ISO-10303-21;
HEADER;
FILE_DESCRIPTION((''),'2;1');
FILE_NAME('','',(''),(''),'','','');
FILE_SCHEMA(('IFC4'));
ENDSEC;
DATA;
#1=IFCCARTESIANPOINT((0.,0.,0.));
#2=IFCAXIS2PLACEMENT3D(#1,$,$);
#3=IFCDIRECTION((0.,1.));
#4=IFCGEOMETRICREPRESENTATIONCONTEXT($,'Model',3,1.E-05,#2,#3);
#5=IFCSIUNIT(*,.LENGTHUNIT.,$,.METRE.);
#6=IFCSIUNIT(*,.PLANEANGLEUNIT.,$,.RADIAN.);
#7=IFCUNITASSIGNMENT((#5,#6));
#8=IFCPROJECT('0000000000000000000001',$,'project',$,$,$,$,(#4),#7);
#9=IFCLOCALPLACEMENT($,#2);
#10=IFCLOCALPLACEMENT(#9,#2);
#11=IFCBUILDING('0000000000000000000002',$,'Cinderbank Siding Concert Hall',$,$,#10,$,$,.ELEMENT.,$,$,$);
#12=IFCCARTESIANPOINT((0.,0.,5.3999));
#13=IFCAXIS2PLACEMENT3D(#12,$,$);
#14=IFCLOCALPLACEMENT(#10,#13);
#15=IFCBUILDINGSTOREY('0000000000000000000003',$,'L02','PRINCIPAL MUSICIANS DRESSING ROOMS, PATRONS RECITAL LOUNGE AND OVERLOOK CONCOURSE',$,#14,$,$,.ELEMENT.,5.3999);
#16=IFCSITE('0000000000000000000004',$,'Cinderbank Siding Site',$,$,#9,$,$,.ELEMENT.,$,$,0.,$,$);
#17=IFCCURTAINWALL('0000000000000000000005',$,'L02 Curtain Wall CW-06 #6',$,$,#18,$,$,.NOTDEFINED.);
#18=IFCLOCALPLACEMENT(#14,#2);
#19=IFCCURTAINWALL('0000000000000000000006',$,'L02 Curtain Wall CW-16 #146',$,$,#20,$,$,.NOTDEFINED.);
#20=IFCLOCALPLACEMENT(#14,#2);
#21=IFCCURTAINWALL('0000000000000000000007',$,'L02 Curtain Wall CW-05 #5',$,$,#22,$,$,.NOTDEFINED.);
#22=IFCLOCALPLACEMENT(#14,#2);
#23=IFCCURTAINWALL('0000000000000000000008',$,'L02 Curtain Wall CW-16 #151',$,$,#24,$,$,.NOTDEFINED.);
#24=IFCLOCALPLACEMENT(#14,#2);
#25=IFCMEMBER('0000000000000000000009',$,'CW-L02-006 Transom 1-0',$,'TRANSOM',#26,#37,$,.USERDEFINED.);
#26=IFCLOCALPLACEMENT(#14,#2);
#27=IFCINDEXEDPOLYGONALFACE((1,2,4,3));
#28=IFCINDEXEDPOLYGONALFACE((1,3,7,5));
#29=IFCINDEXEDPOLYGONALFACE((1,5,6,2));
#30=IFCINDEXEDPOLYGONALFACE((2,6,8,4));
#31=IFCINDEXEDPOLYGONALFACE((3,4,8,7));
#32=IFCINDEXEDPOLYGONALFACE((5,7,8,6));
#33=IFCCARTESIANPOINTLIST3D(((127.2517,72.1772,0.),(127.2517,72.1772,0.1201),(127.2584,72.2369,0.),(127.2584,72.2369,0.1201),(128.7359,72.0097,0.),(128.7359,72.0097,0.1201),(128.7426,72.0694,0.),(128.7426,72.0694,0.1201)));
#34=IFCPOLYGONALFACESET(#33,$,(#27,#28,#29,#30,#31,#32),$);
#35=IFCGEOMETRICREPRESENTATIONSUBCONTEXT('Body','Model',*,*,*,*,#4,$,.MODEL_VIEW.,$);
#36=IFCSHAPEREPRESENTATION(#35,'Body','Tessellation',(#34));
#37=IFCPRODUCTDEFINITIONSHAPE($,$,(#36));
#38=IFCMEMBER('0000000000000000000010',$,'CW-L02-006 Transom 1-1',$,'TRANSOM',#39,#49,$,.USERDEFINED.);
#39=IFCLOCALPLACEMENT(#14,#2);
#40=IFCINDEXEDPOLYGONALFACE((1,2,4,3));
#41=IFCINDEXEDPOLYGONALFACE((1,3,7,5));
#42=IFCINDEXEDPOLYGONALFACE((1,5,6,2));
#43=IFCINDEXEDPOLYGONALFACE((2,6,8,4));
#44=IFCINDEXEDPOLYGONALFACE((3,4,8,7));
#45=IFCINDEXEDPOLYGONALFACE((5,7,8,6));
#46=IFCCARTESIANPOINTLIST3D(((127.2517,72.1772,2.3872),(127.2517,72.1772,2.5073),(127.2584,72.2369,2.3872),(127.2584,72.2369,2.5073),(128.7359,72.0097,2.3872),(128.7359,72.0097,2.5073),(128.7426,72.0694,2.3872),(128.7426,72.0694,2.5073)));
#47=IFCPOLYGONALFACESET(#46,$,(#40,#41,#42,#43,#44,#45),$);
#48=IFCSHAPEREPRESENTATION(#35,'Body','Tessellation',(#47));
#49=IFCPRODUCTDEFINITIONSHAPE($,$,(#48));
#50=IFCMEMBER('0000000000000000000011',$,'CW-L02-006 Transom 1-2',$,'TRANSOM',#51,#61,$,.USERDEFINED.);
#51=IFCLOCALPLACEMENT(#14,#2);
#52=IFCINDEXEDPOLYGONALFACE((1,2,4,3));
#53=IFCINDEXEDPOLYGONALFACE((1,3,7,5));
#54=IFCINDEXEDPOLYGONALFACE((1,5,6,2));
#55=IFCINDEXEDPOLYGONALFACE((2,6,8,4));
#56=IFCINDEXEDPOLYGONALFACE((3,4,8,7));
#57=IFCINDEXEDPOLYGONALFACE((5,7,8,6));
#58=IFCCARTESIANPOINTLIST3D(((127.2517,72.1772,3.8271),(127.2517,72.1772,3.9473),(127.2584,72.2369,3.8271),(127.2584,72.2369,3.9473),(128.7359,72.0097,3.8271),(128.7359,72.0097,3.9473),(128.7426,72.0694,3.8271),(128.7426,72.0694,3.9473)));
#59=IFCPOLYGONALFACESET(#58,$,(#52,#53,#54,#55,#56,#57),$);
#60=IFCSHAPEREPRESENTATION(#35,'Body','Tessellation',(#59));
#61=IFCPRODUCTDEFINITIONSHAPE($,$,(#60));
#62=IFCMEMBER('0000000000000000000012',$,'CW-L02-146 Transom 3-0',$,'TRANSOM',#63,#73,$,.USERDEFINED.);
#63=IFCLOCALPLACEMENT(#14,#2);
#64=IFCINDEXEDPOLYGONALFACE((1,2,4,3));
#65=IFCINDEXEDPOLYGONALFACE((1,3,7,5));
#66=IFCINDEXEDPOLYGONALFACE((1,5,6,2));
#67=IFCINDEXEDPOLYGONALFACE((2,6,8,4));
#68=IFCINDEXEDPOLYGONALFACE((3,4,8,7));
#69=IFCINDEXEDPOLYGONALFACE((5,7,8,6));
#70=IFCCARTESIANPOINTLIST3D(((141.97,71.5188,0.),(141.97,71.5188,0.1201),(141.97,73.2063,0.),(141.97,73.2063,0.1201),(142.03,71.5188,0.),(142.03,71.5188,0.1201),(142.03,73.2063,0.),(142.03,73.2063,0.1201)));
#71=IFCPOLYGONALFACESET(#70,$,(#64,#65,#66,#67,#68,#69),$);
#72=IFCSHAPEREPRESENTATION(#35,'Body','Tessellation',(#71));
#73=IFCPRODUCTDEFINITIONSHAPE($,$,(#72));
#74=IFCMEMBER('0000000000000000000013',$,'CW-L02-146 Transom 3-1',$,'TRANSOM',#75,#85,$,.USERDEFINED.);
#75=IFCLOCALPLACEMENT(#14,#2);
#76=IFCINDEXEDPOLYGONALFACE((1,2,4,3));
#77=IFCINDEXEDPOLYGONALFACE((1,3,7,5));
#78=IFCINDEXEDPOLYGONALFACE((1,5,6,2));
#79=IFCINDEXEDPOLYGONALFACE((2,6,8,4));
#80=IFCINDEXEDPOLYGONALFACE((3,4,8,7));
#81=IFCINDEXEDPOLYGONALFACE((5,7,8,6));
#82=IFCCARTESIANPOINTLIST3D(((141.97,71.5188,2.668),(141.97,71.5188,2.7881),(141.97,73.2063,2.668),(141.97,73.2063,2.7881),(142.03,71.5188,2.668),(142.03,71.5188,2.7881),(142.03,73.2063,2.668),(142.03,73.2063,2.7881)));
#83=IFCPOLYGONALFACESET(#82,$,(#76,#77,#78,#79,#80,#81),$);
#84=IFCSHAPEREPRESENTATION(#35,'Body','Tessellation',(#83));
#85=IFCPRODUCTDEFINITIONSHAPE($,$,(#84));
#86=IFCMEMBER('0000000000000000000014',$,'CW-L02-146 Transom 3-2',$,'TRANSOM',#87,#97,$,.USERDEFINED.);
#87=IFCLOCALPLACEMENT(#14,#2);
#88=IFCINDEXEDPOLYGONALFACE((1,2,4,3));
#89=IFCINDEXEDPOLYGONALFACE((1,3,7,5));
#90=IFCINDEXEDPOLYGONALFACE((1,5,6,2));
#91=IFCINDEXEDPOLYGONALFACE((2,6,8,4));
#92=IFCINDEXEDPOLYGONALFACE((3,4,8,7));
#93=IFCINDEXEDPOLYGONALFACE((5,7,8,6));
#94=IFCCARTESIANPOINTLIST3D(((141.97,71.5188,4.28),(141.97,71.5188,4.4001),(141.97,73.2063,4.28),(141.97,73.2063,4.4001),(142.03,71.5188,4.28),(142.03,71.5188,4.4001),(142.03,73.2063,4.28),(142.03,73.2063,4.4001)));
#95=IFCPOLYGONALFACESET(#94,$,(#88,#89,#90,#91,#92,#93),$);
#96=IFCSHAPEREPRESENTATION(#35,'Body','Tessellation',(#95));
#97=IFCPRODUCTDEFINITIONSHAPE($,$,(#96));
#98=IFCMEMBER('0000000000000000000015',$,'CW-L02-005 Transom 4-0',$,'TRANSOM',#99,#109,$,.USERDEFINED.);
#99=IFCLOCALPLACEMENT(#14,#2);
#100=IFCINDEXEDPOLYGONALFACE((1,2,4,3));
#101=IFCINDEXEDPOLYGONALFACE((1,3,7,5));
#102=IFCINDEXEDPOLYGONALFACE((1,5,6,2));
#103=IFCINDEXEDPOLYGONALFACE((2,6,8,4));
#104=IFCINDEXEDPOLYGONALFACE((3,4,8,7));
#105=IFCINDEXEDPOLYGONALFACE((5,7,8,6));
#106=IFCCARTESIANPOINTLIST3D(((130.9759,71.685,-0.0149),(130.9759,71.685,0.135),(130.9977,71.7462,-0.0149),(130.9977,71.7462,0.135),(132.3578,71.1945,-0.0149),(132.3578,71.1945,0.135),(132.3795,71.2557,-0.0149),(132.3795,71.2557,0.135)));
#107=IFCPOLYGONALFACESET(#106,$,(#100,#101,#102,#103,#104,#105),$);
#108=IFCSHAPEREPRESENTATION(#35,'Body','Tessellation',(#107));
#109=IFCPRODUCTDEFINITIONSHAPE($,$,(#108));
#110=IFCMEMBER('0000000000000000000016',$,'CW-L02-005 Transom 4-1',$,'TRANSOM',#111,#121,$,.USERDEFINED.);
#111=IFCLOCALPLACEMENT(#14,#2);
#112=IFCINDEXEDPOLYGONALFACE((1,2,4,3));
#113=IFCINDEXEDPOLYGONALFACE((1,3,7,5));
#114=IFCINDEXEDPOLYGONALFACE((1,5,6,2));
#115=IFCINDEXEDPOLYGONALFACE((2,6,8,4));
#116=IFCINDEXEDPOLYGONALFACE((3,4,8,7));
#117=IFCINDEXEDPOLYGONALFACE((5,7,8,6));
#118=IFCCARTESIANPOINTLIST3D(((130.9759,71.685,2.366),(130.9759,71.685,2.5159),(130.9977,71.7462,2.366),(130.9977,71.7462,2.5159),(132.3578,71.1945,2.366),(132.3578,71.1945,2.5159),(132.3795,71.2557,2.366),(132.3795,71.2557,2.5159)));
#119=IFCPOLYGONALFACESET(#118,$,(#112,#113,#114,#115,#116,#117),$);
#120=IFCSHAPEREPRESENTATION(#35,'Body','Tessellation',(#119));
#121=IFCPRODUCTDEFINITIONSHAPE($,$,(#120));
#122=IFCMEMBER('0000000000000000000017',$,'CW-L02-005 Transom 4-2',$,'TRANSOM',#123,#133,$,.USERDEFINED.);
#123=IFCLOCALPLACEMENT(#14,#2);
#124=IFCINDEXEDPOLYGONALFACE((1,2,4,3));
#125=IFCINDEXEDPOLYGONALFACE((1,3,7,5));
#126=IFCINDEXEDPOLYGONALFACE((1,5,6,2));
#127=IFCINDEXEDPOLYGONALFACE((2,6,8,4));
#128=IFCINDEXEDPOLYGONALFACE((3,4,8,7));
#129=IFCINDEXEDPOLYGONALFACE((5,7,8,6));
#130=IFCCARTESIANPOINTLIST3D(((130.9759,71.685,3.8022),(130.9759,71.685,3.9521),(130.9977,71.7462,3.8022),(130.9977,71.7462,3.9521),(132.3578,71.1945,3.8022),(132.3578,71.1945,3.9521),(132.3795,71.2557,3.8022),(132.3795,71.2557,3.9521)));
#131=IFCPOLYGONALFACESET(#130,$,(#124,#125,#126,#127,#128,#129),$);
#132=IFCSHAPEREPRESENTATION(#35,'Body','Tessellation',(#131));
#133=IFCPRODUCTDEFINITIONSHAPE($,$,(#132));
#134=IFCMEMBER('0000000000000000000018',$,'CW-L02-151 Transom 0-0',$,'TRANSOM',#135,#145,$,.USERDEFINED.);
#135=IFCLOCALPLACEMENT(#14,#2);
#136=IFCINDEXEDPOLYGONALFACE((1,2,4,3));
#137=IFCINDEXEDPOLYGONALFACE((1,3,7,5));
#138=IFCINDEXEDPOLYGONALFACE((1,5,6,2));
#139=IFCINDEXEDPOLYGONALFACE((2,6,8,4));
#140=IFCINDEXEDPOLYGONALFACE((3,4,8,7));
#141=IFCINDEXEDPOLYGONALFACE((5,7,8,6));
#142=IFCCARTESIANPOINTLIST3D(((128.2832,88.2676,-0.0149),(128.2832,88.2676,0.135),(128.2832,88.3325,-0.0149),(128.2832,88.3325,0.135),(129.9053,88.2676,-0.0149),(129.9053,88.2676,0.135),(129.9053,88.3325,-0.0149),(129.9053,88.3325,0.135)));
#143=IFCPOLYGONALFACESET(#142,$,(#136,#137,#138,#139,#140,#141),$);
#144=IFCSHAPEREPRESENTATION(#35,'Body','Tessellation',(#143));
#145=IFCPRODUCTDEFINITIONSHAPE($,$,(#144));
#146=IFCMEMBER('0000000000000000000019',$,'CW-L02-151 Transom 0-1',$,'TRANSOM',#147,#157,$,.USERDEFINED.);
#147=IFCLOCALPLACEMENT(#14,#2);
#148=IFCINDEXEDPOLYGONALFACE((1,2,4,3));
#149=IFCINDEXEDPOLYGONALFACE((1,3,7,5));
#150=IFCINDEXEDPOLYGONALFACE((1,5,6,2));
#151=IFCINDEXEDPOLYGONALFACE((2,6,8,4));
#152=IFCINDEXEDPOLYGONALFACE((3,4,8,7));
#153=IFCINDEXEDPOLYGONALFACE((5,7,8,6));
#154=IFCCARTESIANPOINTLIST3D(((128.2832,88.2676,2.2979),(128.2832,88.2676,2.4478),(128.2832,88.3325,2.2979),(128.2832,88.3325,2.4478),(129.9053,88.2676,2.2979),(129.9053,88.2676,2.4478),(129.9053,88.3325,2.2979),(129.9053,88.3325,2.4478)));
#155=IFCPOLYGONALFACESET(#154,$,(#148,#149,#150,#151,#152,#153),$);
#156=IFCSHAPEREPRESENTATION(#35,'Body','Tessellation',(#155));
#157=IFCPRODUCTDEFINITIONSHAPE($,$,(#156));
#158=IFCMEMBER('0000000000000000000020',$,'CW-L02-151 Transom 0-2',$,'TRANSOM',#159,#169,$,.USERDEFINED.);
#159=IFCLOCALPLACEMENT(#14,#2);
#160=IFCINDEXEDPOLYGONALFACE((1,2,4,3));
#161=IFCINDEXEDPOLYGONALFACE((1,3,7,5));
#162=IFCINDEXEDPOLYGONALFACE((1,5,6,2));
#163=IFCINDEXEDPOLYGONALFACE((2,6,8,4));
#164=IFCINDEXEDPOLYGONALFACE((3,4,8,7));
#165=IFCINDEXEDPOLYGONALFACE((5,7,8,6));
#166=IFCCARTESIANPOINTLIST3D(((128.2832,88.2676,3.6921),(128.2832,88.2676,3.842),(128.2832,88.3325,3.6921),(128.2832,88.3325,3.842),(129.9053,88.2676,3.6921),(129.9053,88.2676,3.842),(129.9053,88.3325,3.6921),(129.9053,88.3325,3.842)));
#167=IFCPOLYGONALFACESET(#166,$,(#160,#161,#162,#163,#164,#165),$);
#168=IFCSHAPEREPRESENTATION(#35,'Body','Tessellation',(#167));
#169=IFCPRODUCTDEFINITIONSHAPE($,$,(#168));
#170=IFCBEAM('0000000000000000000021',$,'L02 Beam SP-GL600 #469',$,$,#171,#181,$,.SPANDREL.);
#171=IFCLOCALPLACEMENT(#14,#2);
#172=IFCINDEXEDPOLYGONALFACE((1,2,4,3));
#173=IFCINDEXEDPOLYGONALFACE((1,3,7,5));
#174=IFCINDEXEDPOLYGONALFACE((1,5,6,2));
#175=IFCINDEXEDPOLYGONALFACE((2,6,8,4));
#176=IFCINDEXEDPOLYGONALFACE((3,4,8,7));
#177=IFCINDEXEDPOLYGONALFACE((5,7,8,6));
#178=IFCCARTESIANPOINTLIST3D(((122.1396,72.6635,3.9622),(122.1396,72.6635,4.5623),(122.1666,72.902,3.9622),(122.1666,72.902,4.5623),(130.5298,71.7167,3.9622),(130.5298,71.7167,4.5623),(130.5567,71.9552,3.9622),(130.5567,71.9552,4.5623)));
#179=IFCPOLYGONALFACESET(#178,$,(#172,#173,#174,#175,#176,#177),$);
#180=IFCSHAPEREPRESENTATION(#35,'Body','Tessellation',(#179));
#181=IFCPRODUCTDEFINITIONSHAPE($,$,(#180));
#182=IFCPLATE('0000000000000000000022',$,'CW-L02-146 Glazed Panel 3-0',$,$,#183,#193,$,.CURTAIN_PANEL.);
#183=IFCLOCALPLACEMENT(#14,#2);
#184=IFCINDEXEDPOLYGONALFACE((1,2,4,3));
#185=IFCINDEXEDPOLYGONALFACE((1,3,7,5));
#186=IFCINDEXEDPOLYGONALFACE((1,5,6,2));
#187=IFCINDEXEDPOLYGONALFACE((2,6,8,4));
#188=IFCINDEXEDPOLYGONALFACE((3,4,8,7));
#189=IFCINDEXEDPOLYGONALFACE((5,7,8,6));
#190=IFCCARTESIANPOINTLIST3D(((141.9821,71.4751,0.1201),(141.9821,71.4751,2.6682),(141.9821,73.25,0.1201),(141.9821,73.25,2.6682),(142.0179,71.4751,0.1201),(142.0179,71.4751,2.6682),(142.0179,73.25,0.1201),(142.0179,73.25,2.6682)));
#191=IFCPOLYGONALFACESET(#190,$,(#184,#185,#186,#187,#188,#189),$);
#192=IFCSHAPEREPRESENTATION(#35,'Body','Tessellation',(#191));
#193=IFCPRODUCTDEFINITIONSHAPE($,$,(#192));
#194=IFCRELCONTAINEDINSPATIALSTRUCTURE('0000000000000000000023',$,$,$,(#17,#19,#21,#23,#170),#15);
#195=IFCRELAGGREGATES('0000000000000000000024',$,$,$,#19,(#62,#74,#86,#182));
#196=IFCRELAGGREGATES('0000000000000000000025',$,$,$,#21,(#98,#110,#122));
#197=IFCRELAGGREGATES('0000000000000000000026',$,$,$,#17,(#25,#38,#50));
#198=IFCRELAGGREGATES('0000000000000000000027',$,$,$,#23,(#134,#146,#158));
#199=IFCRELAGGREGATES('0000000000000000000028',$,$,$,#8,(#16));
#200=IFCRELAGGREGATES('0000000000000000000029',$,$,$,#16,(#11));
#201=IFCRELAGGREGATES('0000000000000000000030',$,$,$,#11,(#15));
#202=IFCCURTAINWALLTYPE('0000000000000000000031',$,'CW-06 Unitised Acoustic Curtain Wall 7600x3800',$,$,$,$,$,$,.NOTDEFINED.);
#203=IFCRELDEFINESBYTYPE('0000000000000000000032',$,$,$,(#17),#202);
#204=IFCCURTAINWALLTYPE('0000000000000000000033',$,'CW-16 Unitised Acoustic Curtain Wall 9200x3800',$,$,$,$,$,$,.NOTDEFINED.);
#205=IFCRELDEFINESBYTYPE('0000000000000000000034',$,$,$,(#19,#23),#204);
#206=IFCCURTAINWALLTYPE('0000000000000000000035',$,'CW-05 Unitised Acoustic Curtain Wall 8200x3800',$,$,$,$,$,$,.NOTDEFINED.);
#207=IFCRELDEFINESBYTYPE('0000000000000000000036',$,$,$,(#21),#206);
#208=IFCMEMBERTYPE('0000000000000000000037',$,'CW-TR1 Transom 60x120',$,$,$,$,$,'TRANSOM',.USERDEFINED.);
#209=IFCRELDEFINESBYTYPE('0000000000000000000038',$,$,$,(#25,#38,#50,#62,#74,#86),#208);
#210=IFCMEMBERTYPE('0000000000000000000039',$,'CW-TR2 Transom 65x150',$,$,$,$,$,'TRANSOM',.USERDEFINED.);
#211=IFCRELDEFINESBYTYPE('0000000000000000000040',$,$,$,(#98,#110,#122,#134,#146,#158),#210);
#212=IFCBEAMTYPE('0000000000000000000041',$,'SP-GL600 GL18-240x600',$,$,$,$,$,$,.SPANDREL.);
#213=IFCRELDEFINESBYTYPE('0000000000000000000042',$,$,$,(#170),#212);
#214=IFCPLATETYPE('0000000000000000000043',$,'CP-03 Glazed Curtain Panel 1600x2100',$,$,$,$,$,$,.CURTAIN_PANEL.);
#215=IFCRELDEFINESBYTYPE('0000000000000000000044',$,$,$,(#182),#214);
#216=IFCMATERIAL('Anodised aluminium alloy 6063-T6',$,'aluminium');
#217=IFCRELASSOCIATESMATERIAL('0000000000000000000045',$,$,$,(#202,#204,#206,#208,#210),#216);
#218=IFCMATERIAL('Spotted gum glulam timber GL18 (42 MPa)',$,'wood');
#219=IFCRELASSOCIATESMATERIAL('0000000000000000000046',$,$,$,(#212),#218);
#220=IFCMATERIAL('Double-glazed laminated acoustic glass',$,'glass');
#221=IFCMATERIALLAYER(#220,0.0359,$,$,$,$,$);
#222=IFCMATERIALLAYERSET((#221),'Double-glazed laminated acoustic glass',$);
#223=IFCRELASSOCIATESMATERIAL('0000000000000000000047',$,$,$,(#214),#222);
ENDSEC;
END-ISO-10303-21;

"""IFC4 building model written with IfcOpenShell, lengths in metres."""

from ifc_helpers import new_model, si_unit, direction, frame, origin, origin_2d, place, context, subcontext, project, spatial, rectangle, extrude, material, layer, layer_set, material_profile, profile_set, type_object, element, aggregate, save


model = new_model("IFC4")

# Units and contexts
model_context = context("Model", 3, precision=1e-05, world=origin(), true_north=direction((0.0, 1.0)))
body_context = subcontext(model_context, "Body", "Model", "MODEL_VIEW")
ifc_project = project(units=[si_unit("LENGTHUNIT", "METRE"), si_unit("PLANEANGLEUNIT", "RADIAN")], contexts=[model_context])

# Site, building, storey
site_placement = place(None, origin())
site = spatial("IfcSite", under=ifc_project, at=site_placement, Name="Cinderbank Siding Site", CompositionType="ELEMENT", RefElevation=0.0)
building_placement = place(site_placement, origin())
building = spatial("IfcBuilding", under=site, at=building_placement, Name="Cinderbank Siding Concert Hall", CompositionType="ELEMENT")
storey_placement = place(building_placement, frame((0.0, 0.0, 5.3999)))
storey = spatial("IfcBuildingStorey", under=building, at=storey_placement, Name="L02", Description="PRINCIPAL MUSICIANS DRESSING ROOMS, PATRONS RECITAL LOUNGE AND OVERLOOK CONCOURSE", CompositionType="ELEMENT", Elevation=5.3999)

# Curtain walls
ifc_material_1 = material(Name="Anodised aluminium alloy 6063-T6", Category="aluminium")
curtain_wall_type_1 = type_object("IfcCurtainWallType", Name="CW-06 Unitised Acoustic Curtain Wall 7600x3800", PredefinedType="NOTDEFINED", material=ifc_material_1)
curtain_wall_1_placement = place(storey_placement, origin())
curtain_wall_1 = element("IfcCurtainWall", 1, at=curtain_wall_1_placement, inside=storey, type_object=curtain_wall_type_1, Name="L02 Curtain Wall CW-06 #6", PredefinedType="NOTDEFINED")
curtain_wall_type_2 = type_object("IfcCurtainWallType", Name="CW-16 Unitised Acoustic Curtain Wall 9200x3800", PredefinedType="NOTDEFINED", material=ifc_material_1)
curtain_wall_2_placement = place(storey_placement, origin())
curtain_wall_2 = element("IfcCurtainWall", 2, at=curtain_wall_2_placement, inside=storey, type_object=curtain_wall_type_2, Name="L02 Curtain Wall CW-16 #146", PredefinedType="NOTDEFINED")

# Curtain wall
curtain_wall_type_3 = type_object("IfcCurtainWallType", Name="CW-05 Unitised Acoustic Curtain Wall 8200x3800", PredefinedType="NOTDEFINED", material=ifc_material_1)
curtain_wall_3_placement = place(storey_placement, origin())
curtain_wall_3 = element("IfcCurtainWall", 3, at=curtain_wall_3_placement, inside=storey, type_object=curtain_wall_type_3, Name="L02 Curtain Wall CW-05 #5", PredefinedType="NOTDEFINED")

# Curtain wall
curtain_wall_4_placement = place(storey_placement, origin())
curtain_wall_4 = element("IfcCurtainWall", 4, at=curtain_wall_4_placement, inside=storey, type_object=curtain_wall_type_2, Name="L02 Curtain Wall CW-16 #151", PredefinedType="NOTDEFINED")

# Members
ifc_material_profile_1 = material_profile(ifc_material_1, rectangle(XDim=0.0601, YDim=0.1201, at=origin_2d()), Name="ALU-TRAN-60x120", Category="LoadBearing")
ifc_profile_set_1 = profile_set([ifc_material_profile_1], Name="Anodised aluminium alloy 6063-T6")
member_type_1 = type_object("IfcMemberType", Name="CW-TR1 Transom 60x120", ElementType="TRANSOM", PredefinedType="USERDEFINED", material=ifc_profile_set_1)
member_1_placement = place(storey_placement, frame((128.7393, 72.0396, 0.0601), z_axis=(-0.993693, 0.112136, 0.0), x_axis=(-0.112136, -0.993693, 0.0)))
member_1 = element("IfcMember", 5, at=member_1_placement, type_object=member_type_1, Name="CW-L02-006 Transom 1-0", ObjectType="TRANSOM", PredefinedType="USERDEFINED", context=body_context, shape_type="SweptSolid", body=[
    extrude(rectangle(XDim=0.0601, YDim=0.1201, at=origin_2d()), origin(), (0.0, 0.0, 1.0), 1.4937),
])
member_2_placement = place(storey_placement, frame((128.7393, 72.0396, 2.4473), z_axis=(-0.993693, 0.112136, 0.0), x_axis=(-0.112136, -0.993693, 0.0)))
member_2 = element("IfcMember", 6, at=member_2_placement, type_object=member_type_1, Name="CW-L02-006 Transom 1-1", ObjectType="TRANSOM", PredefinedType="USERDEFINED", context=body_context, shape_type="SweptSolid", body=[
    extrude(rectangle(XDim=0.0601, YDim=0.1201, at=origin_2d()), origin(), (0.0, 0.0, 1.0), 1.4937),
])
member_3_placement = place(storey_placement, frame((128.7393, 72.0396, 3.8872), z_axis=(-0.993693, 0.112136, 0.0), x_axis=(-0.112136, -0.993693, 0.0)))
member_3 = element("IfcMember", 7, at=member_3_placement, type_object=member_type_1, Name="CW-L02-006 Transom 1-2", ObjectType="TRANSOM", PredefinedType="USERDEFINED", context=body_context, shape_type="SweptSolid", body=[
    extrude(rectangle(XDim=0.0601, YDim=0.1201, at=origin_2d()), origin(), (0.0, 0.0, 1.0), 1.4937),
])
member_4_placement = place(storey_placement, frame((142.0, 71.5188, 0.0601), z_axis=(0.0, 1.0, 0.0), x_axis=(-1.0, 0.0, 0.0)))
member_4 = element("IfcMember", 8, at=member_4_placement, type_object=member_type_1, Name="CW-L02-146 Transom 3-0", ObjectType="TRANSOM", PredefinedType="USERDEFINED", context=body_context, shape_type="SweptSolid", body=[
    extrude(rectangle(XDim=0.0601, YDim=0.1201, at=origin_2d()), origin(), (0.0, 0.0, 1.0), 1.6875),
])
member_5_placement = place(storey_placement, frame((142.0, 71.5188, 2.728), z_axis=(0.0, 1.0, 0.0), x_axis=(-1.0, 0.0, 0.0)))
member_5 = element("IfcMember", 9, at=member_5_placement, type_object=member_type_1, Name="CW-L02-146 Transom 3-1", ObjectType="TRANSOM", PredefinedType="USERDEFINED", context=body_context, shape_type="SweptSolid", body=[
    extrude(rectangle(XDim=0.0601, YDim=0.1201, at=origin_2d()), origin(), (0.0, 0.0, 1.0), 1.6875),
])
member_6_placement = place(storey_placement, frame((142.0, 71.5188, 4.3401), z_axis=(0.0, 1.0, 0.0), x_axis=(-1.0, 0.0, 0.0)))
member_6 = element("IfcMember", 10, at=member_6_placement, type_object=member_type_1, Name="CW-L02-146 Transom 3-2", ObjectType="TRANSOM", PredefinedType="USERDEFINED", context=body_context, shape_type="SweptSolid", body=[
    extrude(rectangle(XDim=0.0601, YDim=0.1201, at=origin_2d()), origin(), (0.0, 0.0, 1.0), 1.6875),
])
ifc_material_profile_2 = material_profile(ifc_material_1, rectangle(XDim=0.0649, YDim=0.1499, at=origin_2d()), Name="ALU-TRAN-65x150", Category="LoadBearing")
ifc_profile_set_2 = profile_set([ifc_material_profile_2], Name="Anodised aluminium alloy 6063-T6")
member_type_2 = type_object("IfcMemberType", Name="CW-TR2 Transom 65x150", ElementType="TRANSOM", PredefinedType="USERDEFINED", material=ifc_profile_set_2)
member_7_placement = place(storey_placement, frame((132.3687, 71.2251, 0.0601), z_axis=(-0.942396, 0.3345, 0.0), x_axis=(-0.3345, -0.942396, 0.0)))
member_7 = element("IfcMember", 11, at=member_7_placement, type_object=member_type_2, Name="CW-L02-005 Transom 4-0", ObjectType="TRANSOM", PredefinedType="USERDEFINED", context=body_context, shape_type="SweptSolid", body=[
    extrude(rectangle(XDim=0.0649, YDim=0.1499, at=origin_2d()), origin(), (0.0, 0.0, 1.0), 1.4663),
])
member_8_placement = place(storey_placement, frame((132.3687, 71.2251, 2.4409), z_axis=(-0.942396, 0.3345, 0.0), x_axis=(-0.3345, -0.942396, 0.0)))
member_8 = element("IfcMember", 12, at=member_8_placement, type_object=member_type_2, Name="CW-L02-005 Transom 4-1", ObjectType="TRANSOM", PredefinedType="USERDEFINED", context=body_context, shape_type="SweptSolid", body=[
    extrude(rectangle(XDim=0.0649, YDim=0.1499, at=origin_2d()), origin(), (0.0, 0.0, 1.0), 1.4663),
])
member_9_placement = place(storey_placement, frame((132.3687, 71.2251, 3.8772), z_axis=(-0.942396, 0.3345, 0.0), x_axis=(-0.3345, -0.942396, 0.0)))
member_9 = element("IfcMember", 13, at=member_9_placement, type_object=member_type_2, Name="CW-L02-005 Transom 4-2", ObjectType="TRANSOM", PredefinedType="USERDEFINED", context=body_context, shape_type="SweptSolid", body=[
    extrude(rectangle(XDim=0.0649, YDim=0.1499, at=origin_2d()), origin(), (0.0, 0.0, 1.0), 1.4663),
])
member_10_placement = place(storey_placement, frame((128.2832, 88.3, 0.0601), z_axis=(1.0, 0.0, 0.0), x_axis=(0.0, 1.0, 0.0)))
member_10 = element("IfcMember", 14, at=member_10_placement, type_object=member_type_2, Name="CW-L02-151 Transom 0-0", ObjectType="TRANSOM", PredefinedType="USERDEFINED", context=body_context, shape_type="SweptSolid", body=[
    extrude(rectangle(XDim=0.0649, YDim=0.1499, at=origin_2d()), origin(), (0.0, 0.0, 1.0), 1.6221),
])
member_11_placement = place(storey_placement, frame((128.2832, 88.3, 2.3728), z_axis=(1.0, 0.0, 0.0), x_axis=(0.0, 1.0, 0.0)))
member_11 = element("IfcMember", 15, at=member_11_placement, type_object=member_type_2, Name="CW-L02-151 Transom 0-1", ObjectType="TRANSOM", PredefinedType="USERDEFINED", context=body_context, shape_type="SweptSolid", body=[
    extrude(rectangle(XDim=0.0649, YDim=0.1499, at=origin_2d()), origin(), (0.0, 0.0, 1.0), 1.6221),
])
member_12_placement = place(storey_placement, frame((128.2832, 88.3, 3.7671), z_axis=(1.0, 0.0, 0.0), x_axis=(0.0, 1.0, 0.0)))
member_12 = element("IfcMember", 16, at=member_12_placement, type_object=member_type_2, Name="CW-L02-151 Transom 0-2", ObjectType="TRANSOM", PredefinedType="USERDEFINED", context=body_context, shape_type="SweptSolid", body=[
    extrude(rectangle(XDim=0.0649, YDim=0.1499, at=origin_2d()), origin(), (0.0, 0.0, 1.0), 1.6221),
])

# Beam
ifc_material_2 = material(Name="Spotted gum glulam timber GL18 (42 MPa)", Category="wood")
ifc_material_profile_3 = material_profile(ifc_material_2, rectangle(XDim=0.24, YDim=0.6001, at=origin_2d()), Name="GL18-240x600", Category="LoadBearing")
ifc_profile_set_3 = profile_set([ifc_material_profile_3], Name="Spotted gum glulam timber GL18 (42 MPa)")
beam_type = type_object("IfcBeamType", Name="SP-GL600 GL18-240x600", PredefinedType="SPANDREL", material=ifc_profile_set_3)
beam_placement = place(storey_placement, frame((130.5432, 71.8359, 4.2622), z_axis=(-0.993693, 0.112132, 0.0), x_axis=(-0.112132, -0.993693, 0.0)))
element("IfcBeam", 17, at=beam_placement, inside=storey, type_object=beam_type, Name="L02 Beam SP-GL600 #469", PredefinedType="SPANDREL", context=body_context, shape_type="SweptSolid", body=[
    extrude(rectangle(XDim=0.24, YDim=0.6001, at=origin_2d()), origin(), (0.0, 0.0, 1.0), 8.4434),
])

# Plate
ifc_material_3 = material(Name="Double-glazed laminated acoustic glass", Category="glass")
ifc_layer_1 = layer(ifc_material_3, 0.0359)
ifc_layer_set_1 = layer_set([ifc_layer_1], Name="Double-glazed laminated acoustic glass")
plate_type_1 = type_object("IfcPlateType", Name="CP-03 Glazed Curtain Panel 1600x2100", PredefinedType="CURTAIN_PANEL", material=ifc_layer_set_1)
plate_1_placement = place(storey_placement, frame((142.0, 72.3625, 0.1201), z_axis=(0.0, 0.0, 1.0), x_axis=(0.0, 1.0, 0.0)))
plate_1 = element("IfcPlate", 18, at=plate_1_placement, type_object=plate_type_1, Name="CW-L02-146 Glazed Panel 3-0", PredefinedType="CURTAIN_PANEL", context=body_context, shape_type="SweptSolid", body=[
    extrude(rectangle(XDim=1.7749, YDim=0.0359, at=origin_2d()), origin(), (0.0, 0.0, 1.0), 2.5481),
])
aggregate(curtain_wall_2, [member_4, member_5, member_6, plate_1])
aggregate(curtain_wall_3, [member_7, member_8, member_9])
aggregate(curtain_wall_1, [member_1, member_2, member_3])
aggregate(curtain_wall_4, [member_10, member_11, member_12])

save(model, "model.ifc")
